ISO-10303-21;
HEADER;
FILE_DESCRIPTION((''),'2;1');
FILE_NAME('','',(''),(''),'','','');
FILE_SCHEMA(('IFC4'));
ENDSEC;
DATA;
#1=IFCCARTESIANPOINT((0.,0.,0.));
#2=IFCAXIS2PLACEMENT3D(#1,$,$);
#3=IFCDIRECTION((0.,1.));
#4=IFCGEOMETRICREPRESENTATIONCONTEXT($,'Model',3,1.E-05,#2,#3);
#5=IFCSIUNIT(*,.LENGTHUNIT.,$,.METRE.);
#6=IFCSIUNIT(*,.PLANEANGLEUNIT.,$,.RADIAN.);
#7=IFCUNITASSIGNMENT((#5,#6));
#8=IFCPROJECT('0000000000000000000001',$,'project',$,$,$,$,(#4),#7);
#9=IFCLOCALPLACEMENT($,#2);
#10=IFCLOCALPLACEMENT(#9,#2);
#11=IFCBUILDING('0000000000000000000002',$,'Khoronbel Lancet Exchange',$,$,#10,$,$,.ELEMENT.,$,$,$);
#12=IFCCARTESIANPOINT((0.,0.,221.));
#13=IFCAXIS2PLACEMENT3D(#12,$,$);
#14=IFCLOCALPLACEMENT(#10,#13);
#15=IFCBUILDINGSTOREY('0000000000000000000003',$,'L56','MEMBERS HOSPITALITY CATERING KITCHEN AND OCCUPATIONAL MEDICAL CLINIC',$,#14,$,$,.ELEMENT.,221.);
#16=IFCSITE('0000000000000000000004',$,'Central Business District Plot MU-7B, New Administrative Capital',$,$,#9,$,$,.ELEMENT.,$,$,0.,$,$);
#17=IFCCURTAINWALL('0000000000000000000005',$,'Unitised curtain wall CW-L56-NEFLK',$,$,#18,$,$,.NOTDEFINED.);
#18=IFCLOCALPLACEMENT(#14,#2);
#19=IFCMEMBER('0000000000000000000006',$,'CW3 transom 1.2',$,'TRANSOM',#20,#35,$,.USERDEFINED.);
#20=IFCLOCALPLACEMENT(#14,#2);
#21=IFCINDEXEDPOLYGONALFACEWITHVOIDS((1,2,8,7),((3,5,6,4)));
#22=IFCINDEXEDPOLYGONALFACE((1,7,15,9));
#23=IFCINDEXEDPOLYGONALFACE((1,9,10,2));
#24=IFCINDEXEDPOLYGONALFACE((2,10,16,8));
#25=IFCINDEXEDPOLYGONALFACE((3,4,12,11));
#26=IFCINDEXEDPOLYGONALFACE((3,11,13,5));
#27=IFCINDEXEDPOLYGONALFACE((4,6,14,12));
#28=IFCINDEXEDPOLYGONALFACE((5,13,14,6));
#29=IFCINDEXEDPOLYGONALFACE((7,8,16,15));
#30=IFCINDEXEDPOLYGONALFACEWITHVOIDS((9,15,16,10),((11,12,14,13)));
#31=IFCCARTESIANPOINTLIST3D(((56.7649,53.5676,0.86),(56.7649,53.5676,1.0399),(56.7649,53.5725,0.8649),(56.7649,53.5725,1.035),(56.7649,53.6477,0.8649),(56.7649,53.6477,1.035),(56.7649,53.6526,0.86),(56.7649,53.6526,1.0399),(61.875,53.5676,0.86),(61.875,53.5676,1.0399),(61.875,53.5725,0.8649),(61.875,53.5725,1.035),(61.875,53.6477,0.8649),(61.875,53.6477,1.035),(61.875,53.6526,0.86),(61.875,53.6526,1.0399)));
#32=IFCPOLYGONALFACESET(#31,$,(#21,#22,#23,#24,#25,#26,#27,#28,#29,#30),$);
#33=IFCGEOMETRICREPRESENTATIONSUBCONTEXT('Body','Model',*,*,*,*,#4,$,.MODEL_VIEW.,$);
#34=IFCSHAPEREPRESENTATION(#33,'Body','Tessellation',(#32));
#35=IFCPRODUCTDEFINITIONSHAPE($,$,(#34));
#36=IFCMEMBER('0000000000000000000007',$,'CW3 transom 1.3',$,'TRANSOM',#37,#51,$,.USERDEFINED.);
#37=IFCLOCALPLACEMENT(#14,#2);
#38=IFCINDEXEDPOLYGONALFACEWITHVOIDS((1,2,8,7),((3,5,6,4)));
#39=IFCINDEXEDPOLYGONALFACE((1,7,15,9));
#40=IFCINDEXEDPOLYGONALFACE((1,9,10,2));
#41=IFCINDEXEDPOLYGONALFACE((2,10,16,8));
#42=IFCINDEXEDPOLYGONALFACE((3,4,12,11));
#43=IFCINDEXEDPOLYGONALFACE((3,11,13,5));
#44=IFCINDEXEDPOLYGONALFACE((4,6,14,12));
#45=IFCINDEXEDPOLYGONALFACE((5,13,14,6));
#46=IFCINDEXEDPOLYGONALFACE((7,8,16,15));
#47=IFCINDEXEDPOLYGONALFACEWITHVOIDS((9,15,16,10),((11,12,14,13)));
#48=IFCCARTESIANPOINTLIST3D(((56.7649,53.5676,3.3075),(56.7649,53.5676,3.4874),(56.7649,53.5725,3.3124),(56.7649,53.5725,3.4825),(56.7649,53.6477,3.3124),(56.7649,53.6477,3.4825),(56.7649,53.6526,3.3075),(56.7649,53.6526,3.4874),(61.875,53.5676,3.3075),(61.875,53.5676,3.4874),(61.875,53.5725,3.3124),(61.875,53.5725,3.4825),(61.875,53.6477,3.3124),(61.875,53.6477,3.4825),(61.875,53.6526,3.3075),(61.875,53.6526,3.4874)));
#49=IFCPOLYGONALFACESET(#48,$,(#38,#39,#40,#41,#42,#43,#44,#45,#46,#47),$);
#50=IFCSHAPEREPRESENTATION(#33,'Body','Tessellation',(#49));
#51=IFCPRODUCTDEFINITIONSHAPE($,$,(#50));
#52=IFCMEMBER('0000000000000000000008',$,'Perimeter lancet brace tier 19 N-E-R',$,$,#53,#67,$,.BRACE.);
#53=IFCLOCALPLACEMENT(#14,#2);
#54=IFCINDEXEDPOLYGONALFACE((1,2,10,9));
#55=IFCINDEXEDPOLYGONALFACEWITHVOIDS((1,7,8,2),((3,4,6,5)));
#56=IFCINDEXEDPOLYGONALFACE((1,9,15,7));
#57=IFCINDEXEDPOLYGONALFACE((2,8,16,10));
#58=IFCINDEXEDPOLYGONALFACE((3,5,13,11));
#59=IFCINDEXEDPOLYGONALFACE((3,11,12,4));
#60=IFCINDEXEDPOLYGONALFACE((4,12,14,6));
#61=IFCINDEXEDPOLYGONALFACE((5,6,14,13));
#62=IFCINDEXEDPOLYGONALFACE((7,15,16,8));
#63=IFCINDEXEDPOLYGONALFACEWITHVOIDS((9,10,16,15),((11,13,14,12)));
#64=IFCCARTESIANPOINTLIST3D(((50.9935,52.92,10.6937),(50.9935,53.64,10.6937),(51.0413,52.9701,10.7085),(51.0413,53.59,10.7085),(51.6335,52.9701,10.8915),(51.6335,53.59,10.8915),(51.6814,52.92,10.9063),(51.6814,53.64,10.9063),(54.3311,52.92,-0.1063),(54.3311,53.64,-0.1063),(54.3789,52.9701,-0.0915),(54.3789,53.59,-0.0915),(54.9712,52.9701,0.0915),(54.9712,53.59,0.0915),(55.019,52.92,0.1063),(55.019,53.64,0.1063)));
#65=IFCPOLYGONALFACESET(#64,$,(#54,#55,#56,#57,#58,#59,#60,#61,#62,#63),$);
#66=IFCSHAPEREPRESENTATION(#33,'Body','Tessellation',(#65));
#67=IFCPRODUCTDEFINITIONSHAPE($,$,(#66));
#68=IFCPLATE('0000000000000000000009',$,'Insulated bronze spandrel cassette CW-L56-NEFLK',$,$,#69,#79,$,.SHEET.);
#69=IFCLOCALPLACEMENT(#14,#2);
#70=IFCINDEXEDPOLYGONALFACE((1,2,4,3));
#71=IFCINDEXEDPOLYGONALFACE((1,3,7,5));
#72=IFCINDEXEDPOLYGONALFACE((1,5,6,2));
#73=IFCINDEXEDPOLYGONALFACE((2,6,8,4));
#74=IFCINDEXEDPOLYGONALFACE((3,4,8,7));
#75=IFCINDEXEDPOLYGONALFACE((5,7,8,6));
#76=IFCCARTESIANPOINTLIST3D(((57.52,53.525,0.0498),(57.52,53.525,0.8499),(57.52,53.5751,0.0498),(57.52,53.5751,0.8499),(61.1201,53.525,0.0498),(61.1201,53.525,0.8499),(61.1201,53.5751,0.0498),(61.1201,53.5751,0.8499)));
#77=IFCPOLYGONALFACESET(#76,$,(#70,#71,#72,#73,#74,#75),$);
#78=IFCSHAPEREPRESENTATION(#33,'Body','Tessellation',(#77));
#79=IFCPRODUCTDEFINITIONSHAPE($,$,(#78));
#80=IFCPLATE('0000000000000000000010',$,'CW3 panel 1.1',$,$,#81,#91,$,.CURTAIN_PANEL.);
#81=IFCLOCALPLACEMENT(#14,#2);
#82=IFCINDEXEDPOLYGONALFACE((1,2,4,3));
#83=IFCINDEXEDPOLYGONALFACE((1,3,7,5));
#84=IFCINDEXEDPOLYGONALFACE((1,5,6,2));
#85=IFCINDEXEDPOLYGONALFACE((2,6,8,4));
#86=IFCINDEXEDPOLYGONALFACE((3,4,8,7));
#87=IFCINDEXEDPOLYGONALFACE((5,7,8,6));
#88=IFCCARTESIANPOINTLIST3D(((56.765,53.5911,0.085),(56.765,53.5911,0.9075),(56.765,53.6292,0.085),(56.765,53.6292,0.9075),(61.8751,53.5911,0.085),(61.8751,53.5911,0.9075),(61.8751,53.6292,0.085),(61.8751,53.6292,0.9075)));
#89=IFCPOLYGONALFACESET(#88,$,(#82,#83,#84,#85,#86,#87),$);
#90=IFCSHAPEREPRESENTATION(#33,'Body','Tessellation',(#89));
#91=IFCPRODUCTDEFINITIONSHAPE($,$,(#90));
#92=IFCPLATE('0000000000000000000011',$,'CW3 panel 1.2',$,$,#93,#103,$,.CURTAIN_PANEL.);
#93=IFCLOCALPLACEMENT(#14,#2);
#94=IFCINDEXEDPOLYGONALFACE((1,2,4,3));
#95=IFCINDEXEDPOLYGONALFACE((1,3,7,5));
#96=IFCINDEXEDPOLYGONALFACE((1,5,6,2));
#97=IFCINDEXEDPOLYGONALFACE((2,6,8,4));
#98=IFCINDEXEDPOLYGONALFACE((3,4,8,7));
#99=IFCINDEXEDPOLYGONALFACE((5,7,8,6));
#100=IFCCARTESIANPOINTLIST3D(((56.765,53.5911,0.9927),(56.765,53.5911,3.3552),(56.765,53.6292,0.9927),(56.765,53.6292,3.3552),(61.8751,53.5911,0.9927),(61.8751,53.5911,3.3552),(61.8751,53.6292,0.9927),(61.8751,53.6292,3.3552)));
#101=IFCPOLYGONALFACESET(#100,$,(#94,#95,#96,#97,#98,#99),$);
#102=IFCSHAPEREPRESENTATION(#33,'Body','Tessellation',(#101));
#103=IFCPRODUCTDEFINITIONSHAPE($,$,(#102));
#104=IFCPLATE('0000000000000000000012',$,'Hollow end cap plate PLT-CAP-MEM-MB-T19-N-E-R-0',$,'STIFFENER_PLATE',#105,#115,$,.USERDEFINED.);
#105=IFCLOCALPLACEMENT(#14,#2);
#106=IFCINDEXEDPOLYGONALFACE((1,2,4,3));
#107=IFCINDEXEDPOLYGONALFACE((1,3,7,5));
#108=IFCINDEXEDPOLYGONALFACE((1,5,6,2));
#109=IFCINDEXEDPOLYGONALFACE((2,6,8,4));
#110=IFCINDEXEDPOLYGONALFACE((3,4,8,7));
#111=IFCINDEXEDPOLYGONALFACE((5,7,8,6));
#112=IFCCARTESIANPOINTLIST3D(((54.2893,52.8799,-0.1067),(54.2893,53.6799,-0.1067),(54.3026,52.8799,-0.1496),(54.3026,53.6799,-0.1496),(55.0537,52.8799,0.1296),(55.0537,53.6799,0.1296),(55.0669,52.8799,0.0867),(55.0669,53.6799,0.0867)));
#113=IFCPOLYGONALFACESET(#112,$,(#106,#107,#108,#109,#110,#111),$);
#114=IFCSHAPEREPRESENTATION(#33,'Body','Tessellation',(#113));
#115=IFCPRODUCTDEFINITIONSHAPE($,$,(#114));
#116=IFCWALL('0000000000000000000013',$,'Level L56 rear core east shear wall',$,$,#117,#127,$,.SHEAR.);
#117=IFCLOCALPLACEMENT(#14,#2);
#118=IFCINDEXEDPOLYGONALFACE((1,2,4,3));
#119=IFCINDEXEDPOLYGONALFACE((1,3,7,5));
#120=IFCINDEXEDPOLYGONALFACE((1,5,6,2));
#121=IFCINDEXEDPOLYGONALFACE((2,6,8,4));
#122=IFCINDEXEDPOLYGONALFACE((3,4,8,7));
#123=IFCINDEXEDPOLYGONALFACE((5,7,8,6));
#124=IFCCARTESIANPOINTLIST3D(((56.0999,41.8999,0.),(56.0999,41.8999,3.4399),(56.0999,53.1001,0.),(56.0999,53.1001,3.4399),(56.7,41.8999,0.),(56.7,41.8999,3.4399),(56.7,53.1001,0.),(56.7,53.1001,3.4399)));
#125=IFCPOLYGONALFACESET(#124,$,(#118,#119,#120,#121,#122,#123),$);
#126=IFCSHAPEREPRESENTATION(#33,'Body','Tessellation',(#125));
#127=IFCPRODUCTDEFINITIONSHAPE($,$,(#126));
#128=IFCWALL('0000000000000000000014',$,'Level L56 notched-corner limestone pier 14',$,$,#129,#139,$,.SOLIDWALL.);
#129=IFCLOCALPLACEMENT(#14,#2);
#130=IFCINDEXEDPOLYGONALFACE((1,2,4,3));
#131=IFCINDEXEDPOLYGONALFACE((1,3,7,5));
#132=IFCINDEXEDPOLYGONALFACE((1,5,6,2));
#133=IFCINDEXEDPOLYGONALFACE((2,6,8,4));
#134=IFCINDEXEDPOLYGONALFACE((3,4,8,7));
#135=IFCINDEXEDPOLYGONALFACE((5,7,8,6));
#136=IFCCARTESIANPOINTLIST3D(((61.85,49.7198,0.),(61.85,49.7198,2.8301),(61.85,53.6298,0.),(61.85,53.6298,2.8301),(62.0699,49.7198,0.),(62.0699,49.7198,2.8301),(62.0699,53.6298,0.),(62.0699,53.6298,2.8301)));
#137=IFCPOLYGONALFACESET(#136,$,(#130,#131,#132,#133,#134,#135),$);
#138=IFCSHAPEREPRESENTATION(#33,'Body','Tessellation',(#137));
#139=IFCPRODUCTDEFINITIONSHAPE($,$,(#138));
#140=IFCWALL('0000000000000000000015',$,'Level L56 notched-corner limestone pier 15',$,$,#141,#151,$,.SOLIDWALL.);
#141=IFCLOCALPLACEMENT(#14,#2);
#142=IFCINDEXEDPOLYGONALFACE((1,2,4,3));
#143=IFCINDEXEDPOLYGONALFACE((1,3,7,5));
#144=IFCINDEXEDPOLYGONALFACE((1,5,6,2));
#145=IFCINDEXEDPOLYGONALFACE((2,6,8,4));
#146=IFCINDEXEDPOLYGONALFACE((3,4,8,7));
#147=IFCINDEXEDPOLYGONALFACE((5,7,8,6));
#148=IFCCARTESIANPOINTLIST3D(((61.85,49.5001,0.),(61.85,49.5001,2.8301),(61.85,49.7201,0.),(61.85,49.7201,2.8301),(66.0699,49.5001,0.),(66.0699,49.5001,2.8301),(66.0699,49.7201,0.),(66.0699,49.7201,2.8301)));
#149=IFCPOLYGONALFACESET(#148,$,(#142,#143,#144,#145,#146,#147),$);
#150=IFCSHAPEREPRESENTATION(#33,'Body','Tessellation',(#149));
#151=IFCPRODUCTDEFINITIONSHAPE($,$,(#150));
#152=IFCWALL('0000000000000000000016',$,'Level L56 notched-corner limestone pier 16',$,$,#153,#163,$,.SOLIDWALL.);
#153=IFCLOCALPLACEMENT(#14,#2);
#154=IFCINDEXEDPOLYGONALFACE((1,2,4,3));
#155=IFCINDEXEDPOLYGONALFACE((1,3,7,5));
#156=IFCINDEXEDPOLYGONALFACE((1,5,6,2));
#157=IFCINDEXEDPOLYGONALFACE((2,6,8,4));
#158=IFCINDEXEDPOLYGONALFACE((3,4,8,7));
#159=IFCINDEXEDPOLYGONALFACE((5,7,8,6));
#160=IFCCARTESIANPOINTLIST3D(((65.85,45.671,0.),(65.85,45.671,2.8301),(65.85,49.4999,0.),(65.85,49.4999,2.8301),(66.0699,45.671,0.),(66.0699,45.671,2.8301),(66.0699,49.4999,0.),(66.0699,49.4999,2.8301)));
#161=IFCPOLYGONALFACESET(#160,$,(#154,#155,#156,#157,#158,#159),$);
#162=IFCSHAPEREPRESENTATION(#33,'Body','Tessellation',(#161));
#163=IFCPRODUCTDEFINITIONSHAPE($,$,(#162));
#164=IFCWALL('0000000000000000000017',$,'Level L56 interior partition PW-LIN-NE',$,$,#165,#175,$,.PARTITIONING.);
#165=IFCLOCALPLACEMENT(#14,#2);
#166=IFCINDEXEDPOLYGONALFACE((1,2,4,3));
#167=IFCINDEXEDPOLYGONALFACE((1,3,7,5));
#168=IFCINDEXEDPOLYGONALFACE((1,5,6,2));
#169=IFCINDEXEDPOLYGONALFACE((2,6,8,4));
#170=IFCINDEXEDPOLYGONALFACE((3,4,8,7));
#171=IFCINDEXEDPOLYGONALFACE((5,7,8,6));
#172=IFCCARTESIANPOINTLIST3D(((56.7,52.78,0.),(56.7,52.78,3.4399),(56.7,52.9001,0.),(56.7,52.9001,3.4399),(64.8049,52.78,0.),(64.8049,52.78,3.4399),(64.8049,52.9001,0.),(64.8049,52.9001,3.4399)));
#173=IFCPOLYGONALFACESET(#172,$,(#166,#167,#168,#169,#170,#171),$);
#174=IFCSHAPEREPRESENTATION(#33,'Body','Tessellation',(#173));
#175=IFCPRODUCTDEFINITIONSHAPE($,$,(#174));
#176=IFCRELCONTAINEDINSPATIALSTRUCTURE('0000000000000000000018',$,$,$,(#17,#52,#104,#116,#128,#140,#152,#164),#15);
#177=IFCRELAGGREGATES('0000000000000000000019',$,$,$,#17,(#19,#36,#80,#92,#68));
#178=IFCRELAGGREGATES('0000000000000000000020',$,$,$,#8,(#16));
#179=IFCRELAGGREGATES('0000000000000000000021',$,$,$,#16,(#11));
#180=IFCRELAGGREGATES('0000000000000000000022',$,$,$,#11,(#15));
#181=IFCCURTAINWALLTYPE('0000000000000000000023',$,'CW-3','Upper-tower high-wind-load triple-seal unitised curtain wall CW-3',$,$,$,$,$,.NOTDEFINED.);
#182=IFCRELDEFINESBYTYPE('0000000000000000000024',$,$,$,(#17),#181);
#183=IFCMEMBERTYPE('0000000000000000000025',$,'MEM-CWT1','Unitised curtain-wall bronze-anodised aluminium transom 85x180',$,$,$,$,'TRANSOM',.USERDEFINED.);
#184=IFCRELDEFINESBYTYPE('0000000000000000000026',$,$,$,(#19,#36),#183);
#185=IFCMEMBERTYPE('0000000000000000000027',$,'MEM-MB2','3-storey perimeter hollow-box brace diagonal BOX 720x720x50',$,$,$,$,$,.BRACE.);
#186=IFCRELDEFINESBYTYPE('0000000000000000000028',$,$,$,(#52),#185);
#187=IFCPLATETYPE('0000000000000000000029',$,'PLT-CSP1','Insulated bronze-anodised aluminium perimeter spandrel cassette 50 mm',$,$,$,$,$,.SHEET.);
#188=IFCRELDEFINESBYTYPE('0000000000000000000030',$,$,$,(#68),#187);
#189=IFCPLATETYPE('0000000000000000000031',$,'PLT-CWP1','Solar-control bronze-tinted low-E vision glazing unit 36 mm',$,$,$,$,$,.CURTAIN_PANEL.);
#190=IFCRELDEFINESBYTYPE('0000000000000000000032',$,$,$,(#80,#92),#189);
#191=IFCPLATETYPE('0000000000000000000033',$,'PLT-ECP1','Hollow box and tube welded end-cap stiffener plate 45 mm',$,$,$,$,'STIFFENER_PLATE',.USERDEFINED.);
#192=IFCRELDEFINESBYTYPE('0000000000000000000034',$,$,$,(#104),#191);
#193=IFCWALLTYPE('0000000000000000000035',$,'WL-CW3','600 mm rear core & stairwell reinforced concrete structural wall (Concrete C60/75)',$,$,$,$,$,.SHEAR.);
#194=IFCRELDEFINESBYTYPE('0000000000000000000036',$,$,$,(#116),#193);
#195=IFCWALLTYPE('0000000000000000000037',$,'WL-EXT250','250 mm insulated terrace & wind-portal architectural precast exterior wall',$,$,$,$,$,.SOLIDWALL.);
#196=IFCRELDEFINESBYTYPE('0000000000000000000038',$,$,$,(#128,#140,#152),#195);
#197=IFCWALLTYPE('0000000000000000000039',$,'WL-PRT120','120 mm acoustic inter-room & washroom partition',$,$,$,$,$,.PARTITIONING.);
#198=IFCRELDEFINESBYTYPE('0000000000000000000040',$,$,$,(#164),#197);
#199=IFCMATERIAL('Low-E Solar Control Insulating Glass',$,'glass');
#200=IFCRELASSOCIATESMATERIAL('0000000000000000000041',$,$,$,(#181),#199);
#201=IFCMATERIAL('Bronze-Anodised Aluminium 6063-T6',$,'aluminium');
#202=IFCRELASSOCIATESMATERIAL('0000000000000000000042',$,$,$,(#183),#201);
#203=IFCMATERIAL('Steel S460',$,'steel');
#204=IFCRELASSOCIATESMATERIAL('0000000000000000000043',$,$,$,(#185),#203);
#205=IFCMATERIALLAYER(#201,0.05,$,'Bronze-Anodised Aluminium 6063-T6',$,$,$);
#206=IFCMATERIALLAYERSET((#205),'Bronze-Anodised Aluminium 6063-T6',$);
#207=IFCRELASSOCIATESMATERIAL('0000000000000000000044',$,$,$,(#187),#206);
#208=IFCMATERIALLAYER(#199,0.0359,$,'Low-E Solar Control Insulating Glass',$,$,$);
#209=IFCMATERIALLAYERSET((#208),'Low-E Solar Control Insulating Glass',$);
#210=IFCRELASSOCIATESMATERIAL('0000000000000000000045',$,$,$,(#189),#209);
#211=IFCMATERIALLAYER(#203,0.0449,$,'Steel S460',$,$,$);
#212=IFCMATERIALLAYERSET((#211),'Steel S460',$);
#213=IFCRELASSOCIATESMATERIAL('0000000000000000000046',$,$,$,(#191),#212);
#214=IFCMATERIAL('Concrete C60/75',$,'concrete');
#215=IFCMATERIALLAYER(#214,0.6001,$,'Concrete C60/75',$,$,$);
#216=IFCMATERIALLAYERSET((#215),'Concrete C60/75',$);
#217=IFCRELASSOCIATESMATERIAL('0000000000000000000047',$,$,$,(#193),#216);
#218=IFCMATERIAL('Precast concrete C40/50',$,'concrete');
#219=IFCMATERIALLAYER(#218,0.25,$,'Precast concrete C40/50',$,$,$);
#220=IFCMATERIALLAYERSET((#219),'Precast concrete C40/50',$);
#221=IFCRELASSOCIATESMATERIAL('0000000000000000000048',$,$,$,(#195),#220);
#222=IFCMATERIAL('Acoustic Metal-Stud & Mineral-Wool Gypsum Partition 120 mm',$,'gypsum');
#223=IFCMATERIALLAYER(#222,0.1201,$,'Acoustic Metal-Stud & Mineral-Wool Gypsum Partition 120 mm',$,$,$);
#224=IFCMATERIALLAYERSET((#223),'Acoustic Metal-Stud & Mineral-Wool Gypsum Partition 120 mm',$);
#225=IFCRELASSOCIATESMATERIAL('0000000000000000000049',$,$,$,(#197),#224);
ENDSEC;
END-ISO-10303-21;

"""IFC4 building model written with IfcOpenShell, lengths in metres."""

from ifc_helpers import new_model, si_unit, direction, frame, frame_2d, origin, origin_2d, place, context, subcontext, project, spatial, polyline, rectangle, hollow_rectangle, outline, extrude, material, layer, layer_set, material_profile, profile_set, type_object, element, aggregate, save


model = new_model("IFC4")

# Units and contexts
model_context = context("Model", 3, precision=1e-05, world=origin(), true_north=direction((0.0, 1.0)))
body_context = subcontext(model_context, "Body", "Model", "MODEL_VIEW")
ifc_project = project(units=[si_unit("LENGTHUNIT", "METRE"), si_unit("PLANEANGLEUNIT", "RADIAN")], contexts=[model_context])

# Site, building, storey
site_placement = place(None, origin())
site = spatial("IfcSite", under=ifc_project, at=site_placement, Name="Central Business District Plot MU-7B, New Administrative Capital", CompositionType="ELEMENT", RefElevation=0.0)
building_placement = place(site_placement, origin())
building = spatial("IfcBuilding", under=site, at=building_placement, Name="Khoronbel Lancet Exchange", CompositionType="ELEMENT")
storey_placement = place(building_placement, frame((0.0, 0.0, 221.0)))
storey = spatial("IfcBuildingStorey", under=building, at=storey_placement, Name="L56", Description="MEMBERS HOSPITALITY CATERING KITCHEN AND OCCUPATIONAL MEDICAL CLINIC", CompositionType="ELEMENT", Elevation=221.0)

# Shared definitions
ifc_material_1 = material(Name="Steel S460", Category="steel")

# Curtain wall
ifc_material_2 = material(Name="Low-E Solar Control Insulating Glass", Category="glass")
curtain_wall_type_1 = type_object("IfcCurtainWallType", Name="CW-3", Description="Upper-tower high-wind-load triple-seal unitised curtain wall CW-3", PredefinedType="NOTDEFINED", material=ifc_material_2)
curtain_wall_1_placement = place(storey_placement, origin())
curtain_wall_1 = element("IfcCurtainWall", 1, at=curtain_wall_1_placement, inside=storey, type_object=curtain_wall_type_1, Name="Unitised curtain wall CW-L56-NEFLK", PredefinedType="NOTDEFINED")
ifc_material_3 = material(Name="Bronze-Anodised Aluminium 6063-T6", Category="aluminium")

# Members
ifc_material_profile_1 = material_profile(ifc_material_3, hollow_rectangle(XDim=0.085, YDim=0.1799, WallThickness=0.0049, at=origin_2d()), Name="ALU TRANSOM 85x180")
ifc_profile_set_1 = profile_set([ifc_material_profile_1], Name="Bronze-Anodised Aluminium 6063-T6")
member_type_1 = type_object("IfcMemberType", Name="MEM-CWT1", Description="Unitised curtain-wall bronze-anodised aluminium transom 85x180", ElementType="TRANSOM", PredefinedType="USERDEFINED", material=ifc_profile_set_1)
member_1_placement = place(storey_placement, frame((61.875, 53.6101, 0.95), z_axis=(-1.0, 0.0, 0.0), x_axis=(0.0, -1.0, 0.0)))
member_1 = element("IfcMember", 2, at=member_1_placement, type_object=member_type_1, Name="CW3 transom 1.2", ObjectType="TRANSOM", PredefinedType="USERDEFINED", context=body_context, shape_type="SweptSolid", body=[
    extrude(hollow_rectangle(XDim=0.085, YDim=0.1799, WallThickness=0.0049, at=origin_2d()), origin(), (0.0, 0.0, 1.0), 5.1101),
])
member_2_placement = place(storey_placement, frame((61.875, 53.6101, 3.3975), z_axis=(-1.0, 0.0, 0.0), x_axis=(0.0, -1.0, 0.0)))
member_2 = element("IfcMember", 3, at=member_2_placement, type_object=member_type_1, Name="CW3 transom 1.3", ObjectType="TRANSOM", PredefinedType="USERDEFINED", context=body_context, shape_type="SweptSolid", body=[
    extrude(hollow_rectangle(XDim=0.085, YDim=0.1799, WallThickness=0.0049, at=origin_2d()), origin(), (0.0, 0.0, 1.0), 5.1101),
])
ifc_material_profile_2 = material_profile(ifc_material_1, hollow_rectangle(XDim=0.72, YDim=0.72, WallThickness=0.05, at=origin_2d()), Name="BOX 720x720x50")
ifc_profile_set_2 = profile_set([ifc_material_profile_2], Name="Steel S460")
member_type_2 = type_object("IfcMemberType", Name="MEM-MB2", Description="3-storey perimeter hollow-box brace diagonal BOX 720x720x50", PredefinedType="BRACE", material=ifc_profile_set_2)
member_3_placement = place(storey_placement, frame((54.675, 53.28, 0.0), z_axis=(-0.295262, 0.0, 0.955416), x_axis=(0.0, -1.0, 0.0)))
element("IfcMember", 4, at=member_3_placement, inside=storey, type_object=member_type_2, Name="Perimeter lancet brace tier 19 N-E-R", PredefinedType="BRACE", context=body_context, shape_type="SweptSolid", body=[
    extrude(hollow_rectangle(XDim=0.72, YDim=0.72, WallThickness=0.05, at=origin_2d()), origin(), (0.0, 0.0, 1.0), 11.304),
])

# Plates
ifc_layer_1 = layer(ifc_material_3, 0.05, Name="Bronze-Anodised Aluminium 6063-T6")
ifc_layer_set_1 = layer_set([ifc_layer_1], Name="Bronze-Anodised Aluminium 6063-T6")
plate_type_1 = type_object("IfcPlateType", Name="PLT-CSP1", Description="Insulated bronze-anodised aluminium perimeter spandrel cassette 50 mm", PredefinedType="SHEET", material=ifc_layer_set_1)
plate_1_placement = place(storey_placement, frame((59.3201, 53.55, 0.0498), z_axis=(0.0, 0.0, 1.0), x_axis=(-1.0, 0.0, 0.0)))
plate_1 = element("IfcPlate", 5, at=plate_1_placement, type_object=plate_type_1, Name="Insulated bronze spandrel cassette CW-L56-NEFLK", PredefinedType="SHEET", context=body_context, shape_type="SweptSolid", body=[
    extrude(rectangle(XDim=3.6001, YDim=0.05, at=origin_2d()), origin(), (0.0, 0.0, 1.0), 0.8),
])
ifc_layer_2 = layer(ifc_material_2, 0.0359, Name="Low-E Solar Control Insulating Glass")
ifc_layer_set_2 = layer_set([ifc_layer_2], Name="Low-E Solar Control Insulating Glass")
plate_type_2 = type_object("IfcPlateType", Name="PLT-CWP1", Description="Solar-control bronze-tinted low-E vision glazing unit 36 mm", PredefinedType="CURTAIN_PANEL", material=ifc_layer_set_2)
plate_2_placement = place(storey_placement, frame((59.3201, 53.6101, 0.085), z_axis=(0.0, 0.0, 1.0), x_axis=(-1.0, 0.0, 0.0)))
plate_2 = element("IfcPlate", 6, at=plate_2_placement, type_object=plate_type_2, Name="CW3 panel 1.1", PredefinedType="CURTAIN_PANEL", context=body_context, shape_type="SweptSolid", body=[
    extrude(rectangle(XDim=5.1101, YDim=0.0381, at=origin_2d()), origin(), (0.0, 0.0, 1.0), 0.8225),
])
plate_3_placement = place(storey_placement, frame((59.3201, 53.6101, 0.9927), z_axis=(0.0, 0.0, 1.0), x_axis=(-1.0, 0.0, 0.0)))
plate_3 = element("IfcPlate", 7, at=plate_3_placement, type_object=plate_type_2, Name="CW3 panel 1.2", PredefinedType="CURTAIN_PANEL", context=body_context, shape_type="SweptSolid", body=[
    extrude(rectangle(XDim=5.1101, YDim=0.0381, at=origin_2d()), origin(), (0.0, 0.0, 1.0), 2.3625),
])
aggregate(curtain_wall_1, [member_1, member_2, plate_2, plate_3, plate_1])
ifc_layer_3 = layer(ifc_material_1, 0.0449, Name="Steel S460")
ifc_layer_set_3 = layer_set([ifc_layer_3], Name="Steel S460")
plate_type_3 = type_object("IfcPlateType", Name="PLT-ECP1", Description="Hollow box and tube welded end-cap stiffener plate 45 mm", ElementType="STIFFENER_PLATE", PredefinedType="USERDEFINED", material=ifc_layer_set_3)
plate_4_placement = place(storey_placement, frame((54.2893, 53.6799, -0.1067), z_axis=(-0.295372, 0.0, 0.955382), x_axis=(0.0, -1.0, 0.0)))
element("IfcPlate", 8, at=plate_4_placement, inside=storey, type_object=plate_type_3, Name="Hollow end cap plate PLT-CAP-MEM-MB-T19-N-E-R-0", ObjectType="STIFFENER_PLATE", PredefinedType="USERDEFINED", context=body_context, shape_type="SweptSolid", body=[
    extrude(outline(polyline([(0.0, 0.0), (0.8, 0.0), (0.8, 0.8), (0.0, 0.8), (0.0, 0.0)])), origin(), (0.0, 0.0, -1.0), 0.0449),
])

# Walls
ifc_material_4 = material(Name="Concrete C60/75", Category="concrete")
ifc_layer_4 = layer(ifc_material_4, 0.6001, Name="Concrete C60/75")
ifc_layer_set_4 = layer_set([ifc_layer_4], Name="Concrete C60/75")
wall_type_1 = type_object("IfcWallType", Name="WL-CW3", Description="600 mm rear core & stairwell reinforced concrete structural wall (Concrete C60/75)", PredefinedType="SHEAR", material=ifc_layer_set_4)
wall_1_placement = place(storey_placement, frame((56.3999, 53.1001, 0.0), z_axis=(0.0, 0.0, 1.0), x_axis=(0.0, -1.0, 0.0)))
element("IfcWall", 9, at=wall_1_placement, inside=storey, type_object=wall_type_1, Name="Level L56 rear core east shear wall", PredefinedType="SHEAR", context=body_context, shape_type="SweptSolid", body=[
    extrude(rectangle(XDim=11.2002, YDim=0.6001, at=frame_2d((5.6001, 0.0))), origin(), (0.0, 0.0, 1.0), 3.4399),
])
ifc_material_5 = material(Name="Precast concrete C40/50", Category="concrete")
ifc_layer_5 = layer(ifc_material_5, 0.25, Name="Precast concrete C40/50")
ifc_layer_set_5 = layer_set([ifc_layer_5], Name="Precast concrete C40/50")
wall_type_2 = type_object("IfcWallType", Name="WL-EXT250", Description="250 mm insulated terrace & wind-portal architectural precast exterior wall", PredefinedType="SOLIDWALL", material=ifc_layer_set_5)
wall_2_placement = place(storey_placement, frame((61.96, 53.6299, 0.0), z_axis=(0.0, 0.0, 1.0), x_axis=(0.0, -1.0, 0.0)))
element("IfcWall", 10, at=wall_2_placement, inside=storey, type_object=wall_type_2, Name="Level L56 notched-corner limestone pier 14", PredefinedType="SOLIDWALL", context=body_context, shape_type="SweptSolid", body=[
    extrude(rectangle(XDim=3.9099, YDim=0.22, at=frame_2d((1.9551, 0.0))), origin(), (0.0, 0.0, 1.0), 2.8301),
])
wall_3_placement = place(storey_placement, frame((61.8501, 49.6101, 0.0), z_axis=(0.0, 0.0, 1.0), x_axis=(1.0, 0.0, 0.0)))
element("IfcWall", 11, at=wall_3_placement, inside=storey, type_object=wall_type_2, Name="Level L56 notched-corner limestone pier 15", PredefinedType="SOLIDWALL", context=body_context, shape_type="SweptSolid", body=[
    extrude(rectangle(XDim=4.22, YDim=0.22, at=frame_2d((2.1099, 0.0))), origin(), (0.0, 0.0, 1.0), 2.8301),
])
wall_4_placement = place(storey_placement, frame((65.96, 49.5, 0.0), z_axis=(0.0, 0.0, 1.0), x_axis=(0.0, -1.0, 0.0)))
element("IfcWall", 12, at=wall_4_placement, inside=storey, type_object=wall_type_2, Name="Level L56 notched-corner limestone pier 16", PredefinedType="SOLIDWALL", context=body_context, shape_type="SweptSolid", body=[
    extrude(rectangle(XDim=3.8289, YDim=0.22, at=frame_2d((1.9146, 0.0))), origin(), (0.0, 0.0, 1.0), 2.8301),
])
ifc_material_6 = material(Name="Acoustic Metal-Stud & Mineral-Wool Gypsum Partition 120 mm", Category="gypsum")
ifc_layer_6 = layer(ifc_material_6, 0.1201, Name="Acoustic Metal-Stud & Mineral-Wool Gypsum Partition 120 mm")
ifc_layer_set_6 = layer_set([ifc_layer_6], Name="Acoustic Metal-Stud & Mineral-Wool Gypsum Partition 120 mm")
wall_type_3 = type_object("IfcWallType", Name="WL-PRT120", Description="120 mm acoustic inter-room & washroom partition", PredefinedType="PARTITIONING", material=ifc_layer_set_6)
wall_5_placement = place(storey_placement, frame((56.7, 52.8401, 0.0), z_axis=(0.0, 0.0, 1.0), x_axis=(1.0, 0.0, 0.0)))
element("IfcWall", 13, at=wall_5_placement, inside=storey, type_object=wall_type_3, Name="Level L56 interior partition PW-LIN-NE", PredefinedType="PARTITIONING", context=body_context, shape_type="SweptSolid", body=[
    extrude(rectangle(XDim=8.105, YDim=0.1201, at=frame_2d((4.0525, 0.0))), origin(), (0.0, 0.0, 1.0), 3.4399),
])

save(model, "model.ifc")
